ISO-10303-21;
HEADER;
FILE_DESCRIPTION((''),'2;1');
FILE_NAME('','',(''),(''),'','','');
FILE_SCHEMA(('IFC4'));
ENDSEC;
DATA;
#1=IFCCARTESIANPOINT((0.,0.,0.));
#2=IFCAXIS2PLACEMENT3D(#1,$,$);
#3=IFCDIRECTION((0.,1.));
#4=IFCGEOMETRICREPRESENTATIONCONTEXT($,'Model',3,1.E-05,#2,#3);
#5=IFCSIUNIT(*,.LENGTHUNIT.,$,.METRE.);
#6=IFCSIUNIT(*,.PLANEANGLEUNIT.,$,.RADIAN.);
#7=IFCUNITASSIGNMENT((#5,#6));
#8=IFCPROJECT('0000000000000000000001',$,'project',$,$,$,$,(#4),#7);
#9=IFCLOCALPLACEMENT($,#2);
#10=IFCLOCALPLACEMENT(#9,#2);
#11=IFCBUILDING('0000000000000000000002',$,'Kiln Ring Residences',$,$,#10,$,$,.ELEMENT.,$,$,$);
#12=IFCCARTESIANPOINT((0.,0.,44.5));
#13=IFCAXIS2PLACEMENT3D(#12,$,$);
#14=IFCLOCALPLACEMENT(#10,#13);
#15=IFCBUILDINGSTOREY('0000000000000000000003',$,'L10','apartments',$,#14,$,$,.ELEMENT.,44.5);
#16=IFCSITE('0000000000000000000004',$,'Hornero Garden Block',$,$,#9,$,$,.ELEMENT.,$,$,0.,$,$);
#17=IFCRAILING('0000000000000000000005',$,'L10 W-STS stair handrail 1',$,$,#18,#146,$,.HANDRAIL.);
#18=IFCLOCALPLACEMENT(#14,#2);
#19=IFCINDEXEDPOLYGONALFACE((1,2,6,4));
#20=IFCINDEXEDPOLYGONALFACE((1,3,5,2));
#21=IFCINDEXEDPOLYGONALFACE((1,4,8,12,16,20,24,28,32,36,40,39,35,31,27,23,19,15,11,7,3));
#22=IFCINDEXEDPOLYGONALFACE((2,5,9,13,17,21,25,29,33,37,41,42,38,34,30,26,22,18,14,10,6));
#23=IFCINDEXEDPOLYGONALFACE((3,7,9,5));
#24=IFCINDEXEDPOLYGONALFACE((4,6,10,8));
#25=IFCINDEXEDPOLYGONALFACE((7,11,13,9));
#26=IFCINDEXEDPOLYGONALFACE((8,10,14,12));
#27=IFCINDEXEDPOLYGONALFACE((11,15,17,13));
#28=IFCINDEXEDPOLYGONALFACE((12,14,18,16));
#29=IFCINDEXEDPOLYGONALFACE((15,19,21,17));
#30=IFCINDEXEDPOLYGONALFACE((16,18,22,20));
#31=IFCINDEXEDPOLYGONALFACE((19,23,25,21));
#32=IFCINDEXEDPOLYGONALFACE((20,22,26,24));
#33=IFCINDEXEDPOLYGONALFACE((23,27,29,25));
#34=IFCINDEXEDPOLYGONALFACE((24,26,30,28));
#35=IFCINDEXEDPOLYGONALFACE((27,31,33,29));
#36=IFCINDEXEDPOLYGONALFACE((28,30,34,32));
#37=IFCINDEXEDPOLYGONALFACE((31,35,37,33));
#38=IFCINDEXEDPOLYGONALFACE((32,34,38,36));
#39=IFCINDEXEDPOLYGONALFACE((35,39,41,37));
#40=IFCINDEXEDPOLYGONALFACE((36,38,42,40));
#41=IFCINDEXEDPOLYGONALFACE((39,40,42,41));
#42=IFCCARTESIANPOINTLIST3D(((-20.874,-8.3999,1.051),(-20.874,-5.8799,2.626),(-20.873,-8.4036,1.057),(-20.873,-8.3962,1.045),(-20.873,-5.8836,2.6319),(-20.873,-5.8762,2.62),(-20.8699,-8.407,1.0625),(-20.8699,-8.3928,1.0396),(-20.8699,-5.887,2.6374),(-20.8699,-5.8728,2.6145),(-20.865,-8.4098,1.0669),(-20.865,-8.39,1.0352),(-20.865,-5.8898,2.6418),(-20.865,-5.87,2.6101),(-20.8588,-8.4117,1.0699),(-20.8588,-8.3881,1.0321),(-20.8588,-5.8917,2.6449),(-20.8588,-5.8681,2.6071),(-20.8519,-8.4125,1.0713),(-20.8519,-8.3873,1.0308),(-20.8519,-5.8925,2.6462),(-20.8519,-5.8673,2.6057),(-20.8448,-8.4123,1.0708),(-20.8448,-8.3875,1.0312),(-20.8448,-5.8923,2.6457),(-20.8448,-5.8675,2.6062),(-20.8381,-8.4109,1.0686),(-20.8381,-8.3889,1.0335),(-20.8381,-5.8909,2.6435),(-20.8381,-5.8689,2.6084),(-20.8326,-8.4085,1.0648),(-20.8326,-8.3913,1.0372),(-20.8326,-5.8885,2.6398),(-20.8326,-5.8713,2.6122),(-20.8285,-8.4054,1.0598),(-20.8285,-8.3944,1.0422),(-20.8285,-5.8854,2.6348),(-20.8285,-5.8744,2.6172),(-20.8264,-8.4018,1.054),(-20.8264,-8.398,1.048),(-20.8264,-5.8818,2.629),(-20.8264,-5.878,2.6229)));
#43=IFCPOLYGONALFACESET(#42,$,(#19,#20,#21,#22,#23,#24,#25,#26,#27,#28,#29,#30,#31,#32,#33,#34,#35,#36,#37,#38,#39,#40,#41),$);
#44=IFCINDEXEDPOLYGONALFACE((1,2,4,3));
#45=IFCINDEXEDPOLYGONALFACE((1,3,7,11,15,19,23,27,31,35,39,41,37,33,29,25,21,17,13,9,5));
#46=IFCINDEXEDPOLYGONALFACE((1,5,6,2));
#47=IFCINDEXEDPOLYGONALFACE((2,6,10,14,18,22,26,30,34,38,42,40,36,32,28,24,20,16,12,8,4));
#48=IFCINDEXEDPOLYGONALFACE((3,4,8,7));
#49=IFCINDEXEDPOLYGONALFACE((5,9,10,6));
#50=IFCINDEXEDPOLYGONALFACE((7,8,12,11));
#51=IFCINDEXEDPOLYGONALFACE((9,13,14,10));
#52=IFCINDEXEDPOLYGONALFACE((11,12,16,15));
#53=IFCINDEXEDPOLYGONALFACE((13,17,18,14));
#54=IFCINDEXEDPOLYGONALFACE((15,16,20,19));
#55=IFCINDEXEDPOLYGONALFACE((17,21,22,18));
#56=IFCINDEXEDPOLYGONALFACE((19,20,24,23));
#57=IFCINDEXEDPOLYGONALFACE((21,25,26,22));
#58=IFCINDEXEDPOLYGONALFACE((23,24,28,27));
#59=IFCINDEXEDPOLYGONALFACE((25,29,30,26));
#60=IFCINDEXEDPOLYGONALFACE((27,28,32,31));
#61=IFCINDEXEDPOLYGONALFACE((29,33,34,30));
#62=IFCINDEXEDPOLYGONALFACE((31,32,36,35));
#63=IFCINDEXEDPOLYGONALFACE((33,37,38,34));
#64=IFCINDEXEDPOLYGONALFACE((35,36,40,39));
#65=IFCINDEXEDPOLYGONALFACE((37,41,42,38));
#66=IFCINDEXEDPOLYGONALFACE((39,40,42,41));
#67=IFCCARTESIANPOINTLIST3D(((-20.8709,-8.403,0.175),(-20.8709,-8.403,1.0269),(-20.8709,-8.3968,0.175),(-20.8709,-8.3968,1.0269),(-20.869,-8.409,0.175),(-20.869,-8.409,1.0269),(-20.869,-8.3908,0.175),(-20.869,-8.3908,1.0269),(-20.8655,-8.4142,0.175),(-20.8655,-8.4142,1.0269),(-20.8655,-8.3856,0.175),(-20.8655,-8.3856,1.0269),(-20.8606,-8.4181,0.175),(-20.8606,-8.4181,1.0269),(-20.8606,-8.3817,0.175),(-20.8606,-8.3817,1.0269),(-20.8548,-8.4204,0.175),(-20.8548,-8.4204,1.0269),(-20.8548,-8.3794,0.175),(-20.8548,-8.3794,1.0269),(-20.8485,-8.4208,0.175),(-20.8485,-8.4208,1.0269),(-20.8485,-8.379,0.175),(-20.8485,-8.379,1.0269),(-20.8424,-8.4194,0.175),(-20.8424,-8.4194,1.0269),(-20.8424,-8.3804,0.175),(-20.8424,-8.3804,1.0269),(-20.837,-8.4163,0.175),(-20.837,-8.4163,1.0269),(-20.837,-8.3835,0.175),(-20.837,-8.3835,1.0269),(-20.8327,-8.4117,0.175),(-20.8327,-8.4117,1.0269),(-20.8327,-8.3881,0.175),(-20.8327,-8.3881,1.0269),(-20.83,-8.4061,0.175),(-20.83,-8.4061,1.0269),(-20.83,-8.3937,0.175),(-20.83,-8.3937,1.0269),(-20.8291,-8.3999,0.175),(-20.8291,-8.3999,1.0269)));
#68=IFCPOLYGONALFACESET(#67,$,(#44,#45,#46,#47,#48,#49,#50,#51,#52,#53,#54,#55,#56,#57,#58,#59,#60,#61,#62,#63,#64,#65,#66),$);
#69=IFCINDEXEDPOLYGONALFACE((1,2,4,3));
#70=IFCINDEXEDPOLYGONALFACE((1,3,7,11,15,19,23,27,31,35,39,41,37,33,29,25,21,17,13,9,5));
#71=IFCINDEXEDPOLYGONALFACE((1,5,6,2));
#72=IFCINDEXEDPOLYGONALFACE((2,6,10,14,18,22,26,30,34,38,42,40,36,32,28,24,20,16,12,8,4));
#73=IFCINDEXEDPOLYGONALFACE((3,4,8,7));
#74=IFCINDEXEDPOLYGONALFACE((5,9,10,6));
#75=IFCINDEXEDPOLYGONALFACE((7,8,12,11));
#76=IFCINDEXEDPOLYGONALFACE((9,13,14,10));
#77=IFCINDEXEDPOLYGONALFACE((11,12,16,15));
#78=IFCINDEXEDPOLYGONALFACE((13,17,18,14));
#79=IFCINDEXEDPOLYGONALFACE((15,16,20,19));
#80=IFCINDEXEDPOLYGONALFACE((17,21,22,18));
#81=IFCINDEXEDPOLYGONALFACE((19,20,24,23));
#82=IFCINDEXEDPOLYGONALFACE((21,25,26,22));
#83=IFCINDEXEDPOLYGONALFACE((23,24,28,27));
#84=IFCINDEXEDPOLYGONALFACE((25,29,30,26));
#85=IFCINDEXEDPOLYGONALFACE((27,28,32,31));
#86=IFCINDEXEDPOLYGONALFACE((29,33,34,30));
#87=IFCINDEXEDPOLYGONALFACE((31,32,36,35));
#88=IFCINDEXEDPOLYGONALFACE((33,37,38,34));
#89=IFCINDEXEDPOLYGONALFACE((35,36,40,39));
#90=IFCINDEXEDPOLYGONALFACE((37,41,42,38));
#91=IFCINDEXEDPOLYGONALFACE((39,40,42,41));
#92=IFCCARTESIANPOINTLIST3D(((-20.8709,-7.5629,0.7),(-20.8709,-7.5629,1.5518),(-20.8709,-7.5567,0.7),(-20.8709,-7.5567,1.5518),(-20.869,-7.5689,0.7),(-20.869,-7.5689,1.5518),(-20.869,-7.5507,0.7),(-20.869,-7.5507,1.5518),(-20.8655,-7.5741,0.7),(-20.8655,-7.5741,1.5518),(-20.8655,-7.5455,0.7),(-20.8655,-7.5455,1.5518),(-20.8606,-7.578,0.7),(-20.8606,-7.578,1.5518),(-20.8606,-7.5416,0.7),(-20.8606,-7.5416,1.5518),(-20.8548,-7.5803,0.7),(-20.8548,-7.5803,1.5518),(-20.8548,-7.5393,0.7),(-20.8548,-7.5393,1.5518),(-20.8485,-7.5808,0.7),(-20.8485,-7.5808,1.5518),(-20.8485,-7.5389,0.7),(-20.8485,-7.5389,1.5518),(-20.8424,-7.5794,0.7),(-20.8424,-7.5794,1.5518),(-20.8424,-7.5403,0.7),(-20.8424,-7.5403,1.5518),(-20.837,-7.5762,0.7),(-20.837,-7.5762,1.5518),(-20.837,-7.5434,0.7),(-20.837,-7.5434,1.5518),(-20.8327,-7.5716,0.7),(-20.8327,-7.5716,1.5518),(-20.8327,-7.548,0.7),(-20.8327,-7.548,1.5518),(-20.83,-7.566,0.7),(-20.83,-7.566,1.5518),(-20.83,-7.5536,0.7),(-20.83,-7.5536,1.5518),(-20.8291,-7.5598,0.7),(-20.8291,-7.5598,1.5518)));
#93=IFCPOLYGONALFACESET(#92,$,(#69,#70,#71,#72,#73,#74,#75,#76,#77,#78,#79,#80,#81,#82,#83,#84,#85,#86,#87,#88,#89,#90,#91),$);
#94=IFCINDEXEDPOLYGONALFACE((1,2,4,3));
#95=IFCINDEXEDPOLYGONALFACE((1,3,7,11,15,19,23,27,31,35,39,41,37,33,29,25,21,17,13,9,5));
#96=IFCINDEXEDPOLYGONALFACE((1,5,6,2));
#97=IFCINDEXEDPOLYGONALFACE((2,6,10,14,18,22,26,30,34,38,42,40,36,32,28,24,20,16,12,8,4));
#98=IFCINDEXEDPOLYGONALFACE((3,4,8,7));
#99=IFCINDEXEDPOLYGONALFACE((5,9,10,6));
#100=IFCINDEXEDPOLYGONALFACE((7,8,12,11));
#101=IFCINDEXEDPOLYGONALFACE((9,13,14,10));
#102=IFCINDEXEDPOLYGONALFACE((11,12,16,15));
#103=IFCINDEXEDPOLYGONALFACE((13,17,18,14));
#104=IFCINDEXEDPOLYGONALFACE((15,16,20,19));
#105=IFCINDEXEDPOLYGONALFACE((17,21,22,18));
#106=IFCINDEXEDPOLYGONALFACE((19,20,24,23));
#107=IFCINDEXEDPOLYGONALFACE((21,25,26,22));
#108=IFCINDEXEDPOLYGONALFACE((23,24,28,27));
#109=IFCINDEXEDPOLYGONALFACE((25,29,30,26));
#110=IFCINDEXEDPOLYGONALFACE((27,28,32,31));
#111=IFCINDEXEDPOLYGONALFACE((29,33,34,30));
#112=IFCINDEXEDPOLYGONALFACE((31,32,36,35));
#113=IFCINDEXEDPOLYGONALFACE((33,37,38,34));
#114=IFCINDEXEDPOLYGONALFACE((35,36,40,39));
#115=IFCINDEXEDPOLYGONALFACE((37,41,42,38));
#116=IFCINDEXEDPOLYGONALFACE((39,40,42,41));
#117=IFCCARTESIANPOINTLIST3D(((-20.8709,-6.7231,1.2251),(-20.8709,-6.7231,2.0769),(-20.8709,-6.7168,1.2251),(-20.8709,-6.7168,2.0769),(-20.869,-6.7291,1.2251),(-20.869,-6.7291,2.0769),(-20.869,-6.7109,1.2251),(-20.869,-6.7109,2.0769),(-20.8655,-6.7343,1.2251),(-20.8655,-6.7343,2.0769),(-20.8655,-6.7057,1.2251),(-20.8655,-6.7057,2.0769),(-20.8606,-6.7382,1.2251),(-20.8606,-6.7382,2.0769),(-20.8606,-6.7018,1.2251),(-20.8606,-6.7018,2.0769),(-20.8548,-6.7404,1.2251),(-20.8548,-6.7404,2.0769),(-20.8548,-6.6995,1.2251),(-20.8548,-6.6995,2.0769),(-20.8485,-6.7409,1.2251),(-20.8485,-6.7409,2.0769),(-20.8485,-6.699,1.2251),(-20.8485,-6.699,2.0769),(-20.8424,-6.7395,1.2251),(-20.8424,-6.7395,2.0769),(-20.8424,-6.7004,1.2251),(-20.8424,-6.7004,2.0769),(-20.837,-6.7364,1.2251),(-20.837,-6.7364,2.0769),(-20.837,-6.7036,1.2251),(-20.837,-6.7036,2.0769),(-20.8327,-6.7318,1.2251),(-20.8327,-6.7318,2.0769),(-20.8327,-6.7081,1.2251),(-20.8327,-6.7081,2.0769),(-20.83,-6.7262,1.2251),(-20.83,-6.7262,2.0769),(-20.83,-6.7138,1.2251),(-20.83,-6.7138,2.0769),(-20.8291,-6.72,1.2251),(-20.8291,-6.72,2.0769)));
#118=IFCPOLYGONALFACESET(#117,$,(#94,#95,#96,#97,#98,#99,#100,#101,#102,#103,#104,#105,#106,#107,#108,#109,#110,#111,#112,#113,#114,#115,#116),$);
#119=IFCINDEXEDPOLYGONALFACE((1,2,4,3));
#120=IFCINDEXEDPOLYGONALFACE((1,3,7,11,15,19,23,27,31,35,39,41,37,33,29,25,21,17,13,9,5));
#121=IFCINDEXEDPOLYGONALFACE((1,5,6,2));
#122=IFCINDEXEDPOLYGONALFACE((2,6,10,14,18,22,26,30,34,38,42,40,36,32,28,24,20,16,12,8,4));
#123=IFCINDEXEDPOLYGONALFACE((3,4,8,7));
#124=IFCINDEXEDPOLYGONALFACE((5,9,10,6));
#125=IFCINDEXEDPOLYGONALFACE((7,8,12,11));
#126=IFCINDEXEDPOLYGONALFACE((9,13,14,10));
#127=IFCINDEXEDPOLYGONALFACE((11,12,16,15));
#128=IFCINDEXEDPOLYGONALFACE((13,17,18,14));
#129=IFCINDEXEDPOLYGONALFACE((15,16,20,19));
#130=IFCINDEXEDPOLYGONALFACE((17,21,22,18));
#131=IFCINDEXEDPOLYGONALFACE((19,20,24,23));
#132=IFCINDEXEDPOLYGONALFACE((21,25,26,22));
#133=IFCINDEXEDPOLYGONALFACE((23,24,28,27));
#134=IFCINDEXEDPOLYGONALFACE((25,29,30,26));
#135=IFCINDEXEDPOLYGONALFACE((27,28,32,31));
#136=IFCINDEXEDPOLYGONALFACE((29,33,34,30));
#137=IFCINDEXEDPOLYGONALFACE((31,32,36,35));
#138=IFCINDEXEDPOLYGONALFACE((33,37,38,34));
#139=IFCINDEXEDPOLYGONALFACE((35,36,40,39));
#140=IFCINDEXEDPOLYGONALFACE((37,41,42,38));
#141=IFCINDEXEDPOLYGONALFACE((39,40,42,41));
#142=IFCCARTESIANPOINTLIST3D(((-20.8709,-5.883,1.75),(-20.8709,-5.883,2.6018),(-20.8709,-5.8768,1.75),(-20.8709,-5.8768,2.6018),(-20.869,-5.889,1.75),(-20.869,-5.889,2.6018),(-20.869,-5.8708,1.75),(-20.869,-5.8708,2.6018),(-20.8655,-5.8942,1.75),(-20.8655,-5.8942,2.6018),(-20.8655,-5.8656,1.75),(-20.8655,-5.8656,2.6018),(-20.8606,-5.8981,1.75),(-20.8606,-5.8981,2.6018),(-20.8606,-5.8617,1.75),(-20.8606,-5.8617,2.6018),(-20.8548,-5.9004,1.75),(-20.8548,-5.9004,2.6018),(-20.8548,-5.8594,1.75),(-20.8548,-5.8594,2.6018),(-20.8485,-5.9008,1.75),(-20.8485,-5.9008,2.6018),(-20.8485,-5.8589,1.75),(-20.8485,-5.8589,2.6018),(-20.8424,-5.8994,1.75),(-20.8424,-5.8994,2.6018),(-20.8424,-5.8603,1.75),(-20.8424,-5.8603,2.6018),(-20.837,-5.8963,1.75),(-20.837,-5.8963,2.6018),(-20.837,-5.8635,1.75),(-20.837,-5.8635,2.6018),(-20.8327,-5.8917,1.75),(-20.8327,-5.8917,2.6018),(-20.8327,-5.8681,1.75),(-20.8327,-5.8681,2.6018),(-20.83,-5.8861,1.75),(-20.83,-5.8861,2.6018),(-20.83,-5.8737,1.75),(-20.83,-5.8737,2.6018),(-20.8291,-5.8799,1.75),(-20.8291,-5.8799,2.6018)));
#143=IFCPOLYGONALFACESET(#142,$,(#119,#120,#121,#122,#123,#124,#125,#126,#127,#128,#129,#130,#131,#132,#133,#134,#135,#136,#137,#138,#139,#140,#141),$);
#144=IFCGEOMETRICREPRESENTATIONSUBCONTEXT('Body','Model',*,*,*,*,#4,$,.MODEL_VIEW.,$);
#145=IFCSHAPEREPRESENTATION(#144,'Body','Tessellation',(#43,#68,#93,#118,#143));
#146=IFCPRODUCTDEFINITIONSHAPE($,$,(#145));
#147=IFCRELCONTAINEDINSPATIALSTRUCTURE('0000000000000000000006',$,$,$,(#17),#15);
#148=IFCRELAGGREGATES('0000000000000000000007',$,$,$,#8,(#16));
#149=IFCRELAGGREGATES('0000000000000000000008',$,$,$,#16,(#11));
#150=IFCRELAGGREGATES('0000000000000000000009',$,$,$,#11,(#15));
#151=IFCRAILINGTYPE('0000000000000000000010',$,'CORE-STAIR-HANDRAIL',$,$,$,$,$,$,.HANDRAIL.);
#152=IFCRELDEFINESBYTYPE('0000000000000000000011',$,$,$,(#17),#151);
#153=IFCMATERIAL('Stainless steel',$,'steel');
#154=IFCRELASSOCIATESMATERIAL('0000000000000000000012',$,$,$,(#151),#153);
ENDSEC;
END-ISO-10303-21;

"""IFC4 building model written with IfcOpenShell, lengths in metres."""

from ifc_helpers import new_model, si_unit, direction, frame, origin, origin_2d, place, context, subcontext, project, spatial, circle, extrude, material, type_object, element, save


model = new_model("IFC4")

# Units and contexts
model_context = context("Model", 3, precision=1e-05, world=origin(), true_north=direction((0.0, 1.0)))
body_context = subcontext(model_context, "Body", "Model", "MODEL_VIEW")
ifc_project = project(units=[si_unit("LENGTHUNIT", "METRE"), si_unit("PLANEANGLEUNIT", "RADIAN")], contexts=[model_context])

# Site, building, storey
site_placement = place(None, origin())
site = spatial("IfcSite", under=ifc_project, at=site_placement, Name="Hornero Garden Block", CompositionType="ELEMENT", RefElevation=0.0)
building_placement = place(site_placement, origin())
building = spatial("IfcBuilding", under=site, at=building_placement, Name="Kiln Ring Residences", CompositionType="ELEMENT")
storey_placement = place(building_placement, frame((0.0, 0.0, 44.5)))
storey = spatial("IfcBuildingStorey", under=building, at=storey_placement, Name="L10", Description="apartments", CompositionType="ELEMENT", Elevation=44.5)

# Railing
ifc_material_1 = material(Name="Stainless steel", Category="steel")
railing_type_1 = type_object("IfcRailingType", Name="CORE-STAIR-HANDRAIL", PredefinedType="HANDRAIL", material=ifc_material_1)
railing_1_placement = place(storey_placement, frame((-20.8501, -8.3999, 0.175)))
element("IfcRailing", 1, at=railing_1_placement, inside=storey, type_object=railing_type_1, Name="L10 W-STS stair handrail 1", PredefinedType="HANDRAIL", context=body_context, shape_type="SweptSolid", body=[
    extrude(circle(Radius=0.0239, at=origin_2d()), frame((0.0, 0.0, 0.876), z_axis=(0.0, 0.848008, 0.529984), x_axis=(-1.0, 0.0, 0.0)), (0.0, 0.0, 1.0), 2.9717),
    extrude(circle(Radius=0.021, at=origin_2d()), origin(), (0.0, 0.0, 1.0), 0.8518),
    extrude(circle(Radius=0.021, at=origin_2d()), frame((0.0, 0.8401, 0.5249)), (0.0, 0.0, 1.0), 0.8518),
    extrude(circle(Radius=0.021, at=origin_2d()), frame((0.0, 1.6799, 1.05)), (0.0, 0.0, 1.0), 0.8518),
    extrude(circle(Radius=0.021, at=origin_2d()), frame((0.0, 2.52, 1.575)), (0.0, 0.0, 1.0), 0.8518),
])

save(model, "model.ifc")
